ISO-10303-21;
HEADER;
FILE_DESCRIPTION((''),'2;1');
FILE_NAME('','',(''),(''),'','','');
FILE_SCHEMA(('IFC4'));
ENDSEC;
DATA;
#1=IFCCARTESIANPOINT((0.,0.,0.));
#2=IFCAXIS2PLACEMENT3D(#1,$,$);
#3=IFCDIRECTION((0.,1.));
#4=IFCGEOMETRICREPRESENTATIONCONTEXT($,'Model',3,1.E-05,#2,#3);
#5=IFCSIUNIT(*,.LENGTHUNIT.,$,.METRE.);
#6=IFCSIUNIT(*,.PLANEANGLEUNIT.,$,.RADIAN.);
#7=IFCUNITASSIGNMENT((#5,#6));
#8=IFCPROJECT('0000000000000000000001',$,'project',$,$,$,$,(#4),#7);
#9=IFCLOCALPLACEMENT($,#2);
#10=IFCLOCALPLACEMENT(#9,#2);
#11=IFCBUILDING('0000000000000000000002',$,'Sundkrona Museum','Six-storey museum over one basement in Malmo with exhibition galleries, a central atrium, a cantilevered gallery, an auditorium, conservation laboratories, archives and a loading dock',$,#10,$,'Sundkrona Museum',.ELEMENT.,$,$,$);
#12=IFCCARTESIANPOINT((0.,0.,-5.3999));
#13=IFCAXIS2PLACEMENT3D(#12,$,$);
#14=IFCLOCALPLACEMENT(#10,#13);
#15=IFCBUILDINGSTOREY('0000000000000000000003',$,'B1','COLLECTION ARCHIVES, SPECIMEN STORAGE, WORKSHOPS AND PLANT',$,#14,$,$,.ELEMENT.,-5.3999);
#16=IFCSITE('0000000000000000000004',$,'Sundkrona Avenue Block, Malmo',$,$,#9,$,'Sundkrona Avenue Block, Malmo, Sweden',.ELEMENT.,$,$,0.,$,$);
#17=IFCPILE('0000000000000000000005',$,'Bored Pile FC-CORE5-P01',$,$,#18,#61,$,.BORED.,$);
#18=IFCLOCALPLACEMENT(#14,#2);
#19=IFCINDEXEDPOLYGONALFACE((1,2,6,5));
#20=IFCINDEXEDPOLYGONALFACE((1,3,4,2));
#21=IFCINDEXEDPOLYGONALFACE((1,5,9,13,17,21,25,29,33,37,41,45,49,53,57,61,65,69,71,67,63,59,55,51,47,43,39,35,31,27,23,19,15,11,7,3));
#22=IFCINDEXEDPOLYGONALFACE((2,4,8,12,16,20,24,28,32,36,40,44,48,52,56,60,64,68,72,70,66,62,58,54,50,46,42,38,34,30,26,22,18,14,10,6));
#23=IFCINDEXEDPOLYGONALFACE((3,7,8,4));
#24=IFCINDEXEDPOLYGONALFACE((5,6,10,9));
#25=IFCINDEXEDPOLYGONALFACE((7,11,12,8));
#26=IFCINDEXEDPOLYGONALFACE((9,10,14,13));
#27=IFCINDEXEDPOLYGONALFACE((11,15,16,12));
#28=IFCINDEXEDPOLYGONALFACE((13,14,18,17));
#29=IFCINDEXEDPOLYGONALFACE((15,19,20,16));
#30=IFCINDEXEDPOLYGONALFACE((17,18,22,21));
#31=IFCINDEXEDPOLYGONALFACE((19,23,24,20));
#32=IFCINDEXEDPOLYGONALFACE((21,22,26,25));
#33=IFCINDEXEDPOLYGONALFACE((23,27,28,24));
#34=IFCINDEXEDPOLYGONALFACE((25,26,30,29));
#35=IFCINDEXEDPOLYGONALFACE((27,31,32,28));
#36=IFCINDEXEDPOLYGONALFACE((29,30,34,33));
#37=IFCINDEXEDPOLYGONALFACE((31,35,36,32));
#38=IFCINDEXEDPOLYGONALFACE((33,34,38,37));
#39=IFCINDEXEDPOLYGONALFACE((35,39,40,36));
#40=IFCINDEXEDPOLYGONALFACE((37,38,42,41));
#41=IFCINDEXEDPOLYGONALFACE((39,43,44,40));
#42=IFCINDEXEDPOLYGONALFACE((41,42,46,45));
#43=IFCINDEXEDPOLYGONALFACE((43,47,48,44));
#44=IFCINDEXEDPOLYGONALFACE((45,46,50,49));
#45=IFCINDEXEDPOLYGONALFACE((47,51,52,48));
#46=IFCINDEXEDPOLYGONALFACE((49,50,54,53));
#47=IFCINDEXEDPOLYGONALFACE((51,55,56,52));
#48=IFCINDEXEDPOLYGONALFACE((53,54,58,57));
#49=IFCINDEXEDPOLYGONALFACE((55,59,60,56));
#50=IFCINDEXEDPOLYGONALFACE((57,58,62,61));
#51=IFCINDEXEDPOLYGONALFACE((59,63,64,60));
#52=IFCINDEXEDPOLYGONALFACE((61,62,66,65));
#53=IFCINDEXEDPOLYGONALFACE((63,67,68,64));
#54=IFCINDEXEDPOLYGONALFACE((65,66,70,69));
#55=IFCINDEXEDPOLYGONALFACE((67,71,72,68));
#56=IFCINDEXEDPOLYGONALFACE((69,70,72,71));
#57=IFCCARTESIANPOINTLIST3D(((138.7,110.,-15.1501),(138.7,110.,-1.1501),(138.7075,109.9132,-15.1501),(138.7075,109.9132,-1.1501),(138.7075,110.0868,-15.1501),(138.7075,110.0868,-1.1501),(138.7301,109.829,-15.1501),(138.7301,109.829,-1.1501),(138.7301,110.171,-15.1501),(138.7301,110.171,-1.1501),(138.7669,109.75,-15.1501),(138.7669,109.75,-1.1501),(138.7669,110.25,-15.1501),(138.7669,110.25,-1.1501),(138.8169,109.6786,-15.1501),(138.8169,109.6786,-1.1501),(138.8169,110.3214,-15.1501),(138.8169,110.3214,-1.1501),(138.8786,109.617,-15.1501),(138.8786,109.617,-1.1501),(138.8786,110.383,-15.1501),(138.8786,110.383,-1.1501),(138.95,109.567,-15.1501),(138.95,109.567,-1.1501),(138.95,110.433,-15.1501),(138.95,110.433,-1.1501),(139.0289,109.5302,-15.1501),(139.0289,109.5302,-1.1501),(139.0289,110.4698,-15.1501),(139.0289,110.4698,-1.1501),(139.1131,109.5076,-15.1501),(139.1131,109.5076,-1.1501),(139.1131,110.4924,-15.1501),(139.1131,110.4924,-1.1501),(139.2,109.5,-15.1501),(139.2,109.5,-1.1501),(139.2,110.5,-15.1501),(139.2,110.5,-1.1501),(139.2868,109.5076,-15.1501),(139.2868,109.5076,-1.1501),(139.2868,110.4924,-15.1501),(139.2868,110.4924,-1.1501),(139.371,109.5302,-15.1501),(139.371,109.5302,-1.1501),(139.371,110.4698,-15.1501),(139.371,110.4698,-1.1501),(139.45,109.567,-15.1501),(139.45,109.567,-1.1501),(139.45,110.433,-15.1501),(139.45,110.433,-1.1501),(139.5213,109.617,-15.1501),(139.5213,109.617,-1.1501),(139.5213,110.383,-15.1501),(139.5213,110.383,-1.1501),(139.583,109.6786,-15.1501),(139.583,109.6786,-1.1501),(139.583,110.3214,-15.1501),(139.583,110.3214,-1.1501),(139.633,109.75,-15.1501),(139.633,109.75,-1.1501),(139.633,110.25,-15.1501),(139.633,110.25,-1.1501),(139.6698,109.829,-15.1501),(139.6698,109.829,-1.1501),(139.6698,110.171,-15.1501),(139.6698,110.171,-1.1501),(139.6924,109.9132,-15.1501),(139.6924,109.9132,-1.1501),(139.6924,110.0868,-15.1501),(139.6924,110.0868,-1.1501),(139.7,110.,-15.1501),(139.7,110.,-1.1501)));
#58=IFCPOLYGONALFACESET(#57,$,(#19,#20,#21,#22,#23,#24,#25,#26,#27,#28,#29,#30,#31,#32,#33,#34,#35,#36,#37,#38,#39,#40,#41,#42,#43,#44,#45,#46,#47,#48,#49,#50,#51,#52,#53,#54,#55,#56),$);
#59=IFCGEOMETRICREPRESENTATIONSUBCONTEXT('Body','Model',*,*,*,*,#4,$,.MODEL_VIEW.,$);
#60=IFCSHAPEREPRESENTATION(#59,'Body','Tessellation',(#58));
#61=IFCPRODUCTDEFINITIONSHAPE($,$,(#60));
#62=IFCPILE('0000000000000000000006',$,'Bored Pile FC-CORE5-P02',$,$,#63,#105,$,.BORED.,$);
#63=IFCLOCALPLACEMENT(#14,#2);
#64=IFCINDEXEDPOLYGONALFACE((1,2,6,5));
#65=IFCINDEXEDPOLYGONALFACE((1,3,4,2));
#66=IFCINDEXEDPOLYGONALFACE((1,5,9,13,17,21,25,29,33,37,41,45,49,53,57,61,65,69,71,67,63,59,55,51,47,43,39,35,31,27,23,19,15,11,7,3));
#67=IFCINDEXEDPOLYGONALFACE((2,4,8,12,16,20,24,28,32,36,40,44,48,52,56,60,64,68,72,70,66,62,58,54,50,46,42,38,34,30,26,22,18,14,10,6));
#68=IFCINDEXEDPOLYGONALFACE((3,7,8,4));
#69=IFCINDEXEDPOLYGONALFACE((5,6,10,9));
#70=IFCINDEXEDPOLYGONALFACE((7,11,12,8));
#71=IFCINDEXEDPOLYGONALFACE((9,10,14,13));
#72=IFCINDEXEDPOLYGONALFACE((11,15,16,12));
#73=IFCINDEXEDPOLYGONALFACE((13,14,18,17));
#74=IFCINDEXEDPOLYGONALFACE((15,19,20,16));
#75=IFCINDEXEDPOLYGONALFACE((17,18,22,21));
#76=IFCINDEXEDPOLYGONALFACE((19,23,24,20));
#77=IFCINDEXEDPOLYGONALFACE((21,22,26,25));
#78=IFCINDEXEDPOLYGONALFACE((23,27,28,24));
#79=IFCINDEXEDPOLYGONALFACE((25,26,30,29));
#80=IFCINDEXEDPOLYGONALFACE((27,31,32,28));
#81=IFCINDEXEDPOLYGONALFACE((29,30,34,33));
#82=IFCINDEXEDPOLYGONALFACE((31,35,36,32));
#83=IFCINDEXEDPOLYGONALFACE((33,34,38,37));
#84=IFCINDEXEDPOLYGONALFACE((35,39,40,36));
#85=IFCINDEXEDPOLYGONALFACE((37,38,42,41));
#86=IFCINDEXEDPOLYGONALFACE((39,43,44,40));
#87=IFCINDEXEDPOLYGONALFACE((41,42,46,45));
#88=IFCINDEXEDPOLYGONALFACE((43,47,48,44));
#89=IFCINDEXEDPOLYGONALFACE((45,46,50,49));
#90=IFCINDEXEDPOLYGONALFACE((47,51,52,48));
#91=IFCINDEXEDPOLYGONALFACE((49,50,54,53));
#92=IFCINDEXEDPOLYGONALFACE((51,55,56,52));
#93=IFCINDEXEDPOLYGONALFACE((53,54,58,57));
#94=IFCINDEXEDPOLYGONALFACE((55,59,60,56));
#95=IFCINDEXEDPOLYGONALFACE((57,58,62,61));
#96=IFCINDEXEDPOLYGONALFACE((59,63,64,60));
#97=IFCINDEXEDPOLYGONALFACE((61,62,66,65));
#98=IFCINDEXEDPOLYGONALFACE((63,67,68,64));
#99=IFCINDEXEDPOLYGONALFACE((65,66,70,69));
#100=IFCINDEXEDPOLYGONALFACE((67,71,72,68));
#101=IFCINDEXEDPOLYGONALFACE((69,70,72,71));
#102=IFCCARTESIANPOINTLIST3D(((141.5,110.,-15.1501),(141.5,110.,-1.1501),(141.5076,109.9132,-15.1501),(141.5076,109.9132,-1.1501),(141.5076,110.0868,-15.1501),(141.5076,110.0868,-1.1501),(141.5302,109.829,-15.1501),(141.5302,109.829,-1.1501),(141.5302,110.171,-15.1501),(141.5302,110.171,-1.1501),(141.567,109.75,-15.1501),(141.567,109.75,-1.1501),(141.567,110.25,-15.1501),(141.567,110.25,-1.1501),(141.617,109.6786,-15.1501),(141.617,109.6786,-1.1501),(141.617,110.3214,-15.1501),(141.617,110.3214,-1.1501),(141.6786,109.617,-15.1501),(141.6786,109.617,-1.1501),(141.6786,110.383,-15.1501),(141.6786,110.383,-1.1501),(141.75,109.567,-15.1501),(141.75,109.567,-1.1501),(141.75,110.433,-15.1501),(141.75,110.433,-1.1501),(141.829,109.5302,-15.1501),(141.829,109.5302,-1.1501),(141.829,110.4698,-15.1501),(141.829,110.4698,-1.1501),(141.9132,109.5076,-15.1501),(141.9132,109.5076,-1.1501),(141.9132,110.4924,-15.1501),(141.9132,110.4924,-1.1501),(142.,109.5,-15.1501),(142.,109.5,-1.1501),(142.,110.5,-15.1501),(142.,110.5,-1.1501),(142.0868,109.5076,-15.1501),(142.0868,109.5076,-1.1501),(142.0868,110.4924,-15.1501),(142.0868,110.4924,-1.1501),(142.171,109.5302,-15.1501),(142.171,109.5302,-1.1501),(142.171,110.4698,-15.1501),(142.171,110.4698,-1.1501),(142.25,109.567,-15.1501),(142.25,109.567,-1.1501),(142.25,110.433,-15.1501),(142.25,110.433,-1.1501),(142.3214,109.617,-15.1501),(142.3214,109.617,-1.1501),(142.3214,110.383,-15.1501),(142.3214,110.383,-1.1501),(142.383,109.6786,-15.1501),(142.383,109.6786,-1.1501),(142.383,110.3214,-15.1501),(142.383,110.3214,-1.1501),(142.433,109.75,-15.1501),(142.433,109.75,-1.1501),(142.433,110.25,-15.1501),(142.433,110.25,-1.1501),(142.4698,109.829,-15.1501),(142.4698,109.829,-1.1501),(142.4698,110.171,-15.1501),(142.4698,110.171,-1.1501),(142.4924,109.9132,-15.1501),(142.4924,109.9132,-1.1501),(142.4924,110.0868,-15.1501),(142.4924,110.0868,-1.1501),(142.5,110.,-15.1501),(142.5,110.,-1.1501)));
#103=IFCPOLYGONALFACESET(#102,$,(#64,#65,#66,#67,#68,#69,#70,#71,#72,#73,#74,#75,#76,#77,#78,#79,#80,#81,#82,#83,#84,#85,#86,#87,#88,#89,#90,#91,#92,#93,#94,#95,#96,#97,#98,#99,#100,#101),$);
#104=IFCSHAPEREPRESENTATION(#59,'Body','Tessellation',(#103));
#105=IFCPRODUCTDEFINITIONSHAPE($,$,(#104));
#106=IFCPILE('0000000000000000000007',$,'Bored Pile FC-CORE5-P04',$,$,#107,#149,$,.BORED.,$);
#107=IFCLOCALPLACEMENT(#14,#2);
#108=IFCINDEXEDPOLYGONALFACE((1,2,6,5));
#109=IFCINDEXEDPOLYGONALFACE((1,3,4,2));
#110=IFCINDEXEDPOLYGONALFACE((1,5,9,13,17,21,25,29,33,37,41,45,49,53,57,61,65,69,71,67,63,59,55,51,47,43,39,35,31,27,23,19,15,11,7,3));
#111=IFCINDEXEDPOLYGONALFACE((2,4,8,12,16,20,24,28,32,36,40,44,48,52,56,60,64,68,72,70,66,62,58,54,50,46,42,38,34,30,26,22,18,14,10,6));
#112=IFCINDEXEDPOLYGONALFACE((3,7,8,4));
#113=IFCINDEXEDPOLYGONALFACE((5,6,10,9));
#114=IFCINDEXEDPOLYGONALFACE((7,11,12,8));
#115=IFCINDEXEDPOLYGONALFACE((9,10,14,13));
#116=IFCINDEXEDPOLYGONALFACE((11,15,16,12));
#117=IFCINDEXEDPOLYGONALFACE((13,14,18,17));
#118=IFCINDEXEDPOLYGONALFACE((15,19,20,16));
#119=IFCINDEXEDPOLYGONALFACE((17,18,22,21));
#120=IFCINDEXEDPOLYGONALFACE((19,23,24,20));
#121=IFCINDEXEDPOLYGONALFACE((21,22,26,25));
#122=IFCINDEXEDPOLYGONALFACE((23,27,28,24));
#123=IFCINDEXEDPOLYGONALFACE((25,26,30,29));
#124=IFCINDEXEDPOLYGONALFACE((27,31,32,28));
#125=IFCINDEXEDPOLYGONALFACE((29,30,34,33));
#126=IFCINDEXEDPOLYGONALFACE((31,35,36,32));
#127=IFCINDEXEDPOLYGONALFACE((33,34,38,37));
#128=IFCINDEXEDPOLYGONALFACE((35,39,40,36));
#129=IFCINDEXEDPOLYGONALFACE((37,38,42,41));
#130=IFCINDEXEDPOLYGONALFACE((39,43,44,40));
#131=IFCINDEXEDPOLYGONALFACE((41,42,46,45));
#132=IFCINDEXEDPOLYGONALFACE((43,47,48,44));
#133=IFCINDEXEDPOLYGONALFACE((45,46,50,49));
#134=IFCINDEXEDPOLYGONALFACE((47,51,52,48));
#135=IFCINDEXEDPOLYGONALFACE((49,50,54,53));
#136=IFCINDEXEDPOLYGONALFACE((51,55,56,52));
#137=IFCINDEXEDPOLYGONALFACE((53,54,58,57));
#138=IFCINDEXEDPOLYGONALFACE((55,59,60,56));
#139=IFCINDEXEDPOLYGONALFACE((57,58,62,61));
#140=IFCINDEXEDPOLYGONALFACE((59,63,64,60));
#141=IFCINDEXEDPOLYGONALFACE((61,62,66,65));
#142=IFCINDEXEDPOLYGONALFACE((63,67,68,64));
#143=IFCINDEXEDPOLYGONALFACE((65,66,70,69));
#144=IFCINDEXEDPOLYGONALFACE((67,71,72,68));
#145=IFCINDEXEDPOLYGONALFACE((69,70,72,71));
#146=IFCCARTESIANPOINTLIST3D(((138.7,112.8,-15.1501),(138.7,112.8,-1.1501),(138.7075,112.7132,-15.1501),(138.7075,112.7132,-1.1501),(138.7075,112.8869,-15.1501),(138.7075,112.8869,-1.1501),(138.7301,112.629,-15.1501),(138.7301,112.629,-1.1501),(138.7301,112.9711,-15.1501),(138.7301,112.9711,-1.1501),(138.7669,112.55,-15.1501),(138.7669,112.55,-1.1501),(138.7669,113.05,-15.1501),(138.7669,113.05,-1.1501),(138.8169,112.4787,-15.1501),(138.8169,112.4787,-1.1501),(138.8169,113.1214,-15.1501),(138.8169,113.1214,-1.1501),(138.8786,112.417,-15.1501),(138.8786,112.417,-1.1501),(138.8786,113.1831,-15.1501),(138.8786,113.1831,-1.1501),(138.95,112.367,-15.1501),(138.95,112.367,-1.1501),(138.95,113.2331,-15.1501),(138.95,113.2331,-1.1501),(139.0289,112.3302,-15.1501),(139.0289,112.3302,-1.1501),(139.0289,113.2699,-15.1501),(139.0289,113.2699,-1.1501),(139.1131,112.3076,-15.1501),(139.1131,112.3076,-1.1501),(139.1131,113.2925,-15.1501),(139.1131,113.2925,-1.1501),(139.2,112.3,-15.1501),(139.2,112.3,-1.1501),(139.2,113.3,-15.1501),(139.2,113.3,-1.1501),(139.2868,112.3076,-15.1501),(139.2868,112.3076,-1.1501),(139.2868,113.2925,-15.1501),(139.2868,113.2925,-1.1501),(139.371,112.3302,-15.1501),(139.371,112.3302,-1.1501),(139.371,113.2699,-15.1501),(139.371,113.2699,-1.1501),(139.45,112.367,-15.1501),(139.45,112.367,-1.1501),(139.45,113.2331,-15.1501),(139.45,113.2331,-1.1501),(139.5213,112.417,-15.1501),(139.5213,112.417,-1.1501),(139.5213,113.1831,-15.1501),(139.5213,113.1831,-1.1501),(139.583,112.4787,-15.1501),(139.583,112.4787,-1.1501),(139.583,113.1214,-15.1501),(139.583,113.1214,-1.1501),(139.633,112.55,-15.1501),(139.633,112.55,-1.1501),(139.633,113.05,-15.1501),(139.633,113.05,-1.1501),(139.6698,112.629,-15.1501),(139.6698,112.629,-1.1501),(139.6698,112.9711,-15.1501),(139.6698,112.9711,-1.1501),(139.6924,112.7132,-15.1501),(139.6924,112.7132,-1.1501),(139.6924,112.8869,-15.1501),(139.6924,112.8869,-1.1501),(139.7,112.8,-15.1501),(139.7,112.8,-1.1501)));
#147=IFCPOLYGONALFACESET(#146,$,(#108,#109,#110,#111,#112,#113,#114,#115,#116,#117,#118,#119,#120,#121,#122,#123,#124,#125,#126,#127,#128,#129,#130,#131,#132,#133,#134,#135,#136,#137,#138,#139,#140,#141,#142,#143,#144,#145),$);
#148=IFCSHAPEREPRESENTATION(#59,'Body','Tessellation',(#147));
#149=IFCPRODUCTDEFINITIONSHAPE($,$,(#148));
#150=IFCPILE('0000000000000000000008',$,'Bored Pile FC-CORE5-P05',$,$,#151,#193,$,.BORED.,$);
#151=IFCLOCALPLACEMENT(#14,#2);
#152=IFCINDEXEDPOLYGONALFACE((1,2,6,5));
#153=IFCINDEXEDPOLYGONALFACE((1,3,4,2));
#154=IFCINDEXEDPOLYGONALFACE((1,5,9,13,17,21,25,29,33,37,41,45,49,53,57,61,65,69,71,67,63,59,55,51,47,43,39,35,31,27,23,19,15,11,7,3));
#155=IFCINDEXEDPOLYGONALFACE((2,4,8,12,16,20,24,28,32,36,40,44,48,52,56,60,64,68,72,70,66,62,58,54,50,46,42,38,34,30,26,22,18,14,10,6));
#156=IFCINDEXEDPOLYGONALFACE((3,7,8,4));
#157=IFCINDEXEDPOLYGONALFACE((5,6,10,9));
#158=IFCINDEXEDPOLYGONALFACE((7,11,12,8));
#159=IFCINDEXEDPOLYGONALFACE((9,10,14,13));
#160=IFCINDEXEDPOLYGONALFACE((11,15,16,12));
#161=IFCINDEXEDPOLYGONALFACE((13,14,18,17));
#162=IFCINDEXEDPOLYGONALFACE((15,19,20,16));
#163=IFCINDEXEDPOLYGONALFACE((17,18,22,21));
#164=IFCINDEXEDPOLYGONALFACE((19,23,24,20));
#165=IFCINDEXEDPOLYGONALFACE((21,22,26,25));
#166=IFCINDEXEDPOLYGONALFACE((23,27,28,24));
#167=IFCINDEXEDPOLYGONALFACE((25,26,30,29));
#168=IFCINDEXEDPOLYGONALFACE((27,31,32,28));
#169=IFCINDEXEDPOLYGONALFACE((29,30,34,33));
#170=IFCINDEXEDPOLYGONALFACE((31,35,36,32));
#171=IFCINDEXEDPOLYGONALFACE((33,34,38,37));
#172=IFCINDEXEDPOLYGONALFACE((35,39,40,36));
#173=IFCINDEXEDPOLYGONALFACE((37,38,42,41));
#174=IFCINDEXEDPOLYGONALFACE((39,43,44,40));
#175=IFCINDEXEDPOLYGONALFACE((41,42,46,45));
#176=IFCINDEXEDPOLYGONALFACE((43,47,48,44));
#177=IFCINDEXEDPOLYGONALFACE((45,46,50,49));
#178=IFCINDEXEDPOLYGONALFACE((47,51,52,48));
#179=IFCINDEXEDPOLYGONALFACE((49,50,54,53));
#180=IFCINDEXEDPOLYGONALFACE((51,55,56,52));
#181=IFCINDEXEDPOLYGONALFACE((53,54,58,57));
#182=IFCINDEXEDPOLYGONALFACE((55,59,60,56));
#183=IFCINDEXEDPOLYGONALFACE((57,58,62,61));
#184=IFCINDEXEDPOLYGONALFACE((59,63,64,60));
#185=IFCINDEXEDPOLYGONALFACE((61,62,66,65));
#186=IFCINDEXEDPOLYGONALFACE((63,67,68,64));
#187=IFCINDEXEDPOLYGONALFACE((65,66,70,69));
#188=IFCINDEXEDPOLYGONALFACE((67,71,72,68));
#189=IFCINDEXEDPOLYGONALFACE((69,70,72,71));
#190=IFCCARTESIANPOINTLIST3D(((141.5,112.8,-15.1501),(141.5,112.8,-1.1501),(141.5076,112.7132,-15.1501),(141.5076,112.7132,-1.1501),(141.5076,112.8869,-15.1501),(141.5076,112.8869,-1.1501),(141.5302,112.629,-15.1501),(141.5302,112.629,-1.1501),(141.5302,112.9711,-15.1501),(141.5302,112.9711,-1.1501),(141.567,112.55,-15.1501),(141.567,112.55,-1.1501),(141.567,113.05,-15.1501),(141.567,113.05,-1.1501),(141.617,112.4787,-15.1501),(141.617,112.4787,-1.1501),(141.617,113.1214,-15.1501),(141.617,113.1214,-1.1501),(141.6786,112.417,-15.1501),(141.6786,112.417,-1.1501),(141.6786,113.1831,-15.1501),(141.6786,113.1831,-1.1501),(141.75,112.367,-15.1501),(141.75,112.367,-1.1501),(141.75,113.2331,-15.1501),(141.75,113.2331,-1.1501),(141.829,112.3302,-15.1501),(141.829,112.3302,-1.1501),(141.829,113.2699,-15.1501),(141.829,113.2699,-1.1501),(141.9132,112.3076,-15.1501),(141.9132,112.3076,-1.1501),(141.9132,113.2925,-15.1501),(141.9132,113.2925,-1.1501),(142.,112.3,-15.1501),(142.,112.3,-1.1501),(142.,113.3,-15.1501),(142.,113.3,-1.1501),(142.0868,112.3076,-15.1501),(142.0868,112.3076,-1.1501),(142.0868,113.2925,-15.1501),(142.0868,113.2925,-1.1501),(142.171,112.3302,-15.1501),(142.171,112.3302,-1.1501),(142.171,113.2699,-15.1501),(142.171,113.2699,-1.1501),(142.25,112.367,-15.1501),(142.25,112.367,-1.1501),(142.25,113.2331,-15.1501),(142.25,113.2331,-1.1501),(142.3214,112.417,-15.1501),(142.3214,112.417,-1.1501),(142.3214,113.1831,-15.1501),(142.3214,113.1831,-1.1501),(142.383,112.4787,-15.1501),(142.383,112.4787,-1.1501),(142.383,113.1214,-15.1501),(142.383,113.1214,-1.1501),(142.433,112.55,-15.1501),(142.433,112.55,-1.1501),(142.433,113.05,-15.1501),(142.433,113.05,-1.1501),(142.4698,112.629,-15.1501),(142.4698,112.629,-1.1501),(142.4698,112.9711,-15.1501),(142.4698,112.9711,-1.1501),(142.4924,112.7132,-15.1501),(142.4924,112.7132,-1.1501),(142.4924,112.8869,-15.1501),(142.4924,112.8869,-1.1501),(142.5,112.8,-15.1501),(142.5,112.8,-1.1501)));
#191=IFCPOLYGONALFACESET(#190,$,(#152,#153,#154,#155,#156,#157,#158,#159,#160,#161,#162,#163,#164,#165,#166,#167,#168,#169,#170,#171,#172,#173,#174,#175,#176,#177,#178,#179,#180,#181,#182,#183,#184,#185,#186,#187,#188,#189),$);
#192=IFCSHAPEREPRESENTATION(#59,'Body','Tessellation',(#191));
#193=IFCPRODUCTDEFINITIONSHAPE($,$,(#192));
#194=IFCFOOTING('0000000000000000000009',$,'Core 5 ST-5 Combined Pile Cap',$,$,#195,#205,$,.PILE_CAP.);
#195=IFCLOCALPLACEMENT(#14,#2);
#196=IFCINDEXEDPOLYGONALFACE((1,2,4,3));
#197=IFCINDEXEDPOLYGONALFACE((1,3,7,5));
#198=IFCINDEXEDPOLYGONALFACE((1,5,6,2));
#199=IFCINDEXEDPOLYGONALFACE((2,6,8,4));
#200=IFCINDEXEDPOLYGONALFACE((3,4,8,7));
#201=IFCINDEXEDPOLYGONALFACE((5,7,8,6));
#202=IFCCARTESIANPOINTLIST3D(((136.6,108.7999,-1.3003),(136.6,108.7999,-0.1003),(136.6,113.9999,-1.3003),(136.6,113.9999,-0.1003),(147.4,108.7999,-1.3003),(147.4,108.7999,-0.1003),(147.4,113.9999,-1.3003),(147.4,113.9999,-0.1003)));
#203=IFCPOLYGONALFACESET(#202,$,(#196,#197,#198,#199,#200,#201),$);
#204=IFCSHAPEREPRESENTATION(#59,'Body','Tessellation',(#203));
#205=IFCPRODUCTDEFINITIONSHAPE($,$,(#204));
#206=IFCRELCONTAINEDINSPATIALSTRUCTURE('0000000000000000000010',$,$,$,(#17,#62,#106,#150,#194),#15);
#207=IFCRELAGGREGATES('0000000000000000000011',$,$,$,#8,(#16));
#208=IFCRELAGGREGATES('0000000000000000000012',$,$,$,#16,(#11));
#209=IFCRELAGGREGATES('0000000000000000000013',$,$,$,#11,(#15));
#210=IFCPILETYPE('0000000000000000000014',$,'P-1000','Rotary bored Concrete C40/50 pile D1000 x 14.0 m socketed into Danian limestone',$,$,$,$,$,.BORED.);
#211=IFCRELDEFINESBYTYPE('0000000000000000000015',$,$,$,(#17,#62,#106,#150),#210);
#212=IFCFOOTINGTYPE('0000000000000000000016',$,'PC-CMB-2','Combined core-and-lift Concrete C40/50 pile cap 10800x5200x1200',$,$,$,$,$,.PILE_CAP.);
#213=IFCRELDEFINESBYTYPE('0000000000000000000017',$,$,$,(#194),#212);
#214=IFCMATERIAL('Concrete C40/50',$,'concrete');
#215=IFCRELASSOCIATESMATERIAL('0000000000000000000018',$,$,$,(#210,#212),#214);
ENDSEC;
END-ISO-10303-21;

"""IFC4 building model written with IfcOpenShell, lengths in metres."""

from ifc_helpers import new_model, si_unit, direction, frame, origin, origin_2d, place, context, subcontext, project, spatial, rectangle, circle, extrude, material, material_profile, profile_set, type_object, element, save


model = new_model("IFC4")

# Units and contexts
model_context = context("Model", 3, precision=1e-05, world=origin(), true_north=direction((0.0, 1.0)))
body_context = subcontext(model_context, "Body", "Model", "MODEL_VIEW")
ifc_project = project(units=[si_unit("LENGTHUNIT", "METRE"), si_unit("PLANEANGLEUNIT", "RADIAN")], contexts=[model_context])

# Site, building, storey
site_placement = place(None, origin())
site = spatial("IfcSite", under=ifc_project, at=site_placement, Name="Sundkrona Avenue Block, Malmo", LongName="Sundkrona Avenue Block, Malmo, Sweden", CompositionType="ELEMENT", RefElevation=0.0)
building_placement = place(site_placement, origin())
building = spatial("IfcBuilding", under=site, at=building_placement, Name="Sundkrona Museum", Description="Six-storey museum over one basement in Malmo with exhibition galleries, a central atrium, a cantilevered gallery, an auditorium, conservation laboratories, archives and a loading dock", LongName="Sundkrona Museum", CompositionType="ELEMENT")
storey_placement = place(building_placement, frame((0.0, 0.0, -5.3999)))
storey = spatial("IfcBuildingStorey", under=building, at=storey_placement, Name="B1", Description="COLLECTION ARCHIVES, SPECIMEN STORAGE, WORKSHOPS AND PLANT", CompositionType="ELEMENT", Elevation=-5.3999)

# Piles
ifc_material_1 = material(Name="Concrete C40/50", Category="concrete")
ifc_material_profile_1 = material_profile(ifc_material_1, circle(Radius=0.5, at=origin_2d()), Name="PILE D1000")
ifc_profile_set_1 = profile_set([ifc_material_profile_1], Name="Concrete C40/50")
pile_type = type_object("IfcPileType", Name="P-1000", Description="Rotary bored Concrete C40/50 pile D1000 x 14.0 m socketed into Danian limestone", PredefinedType="BORED", material=ifc_profile_set_1)
for number, where, z_axis, x_axis, name in (
    (1, (139.2, 110.0, -1.1501), (0.0, 0.0, -1.0), (1.0, 0.0, 0.0), "Bored Pile FC-CORE5-P01"),
    (2, (142.0, 110.0, -1.1501), (0.0, 0.0, -1.0), (1.0, 0.0, 0.0), "Bored Pile FC-CORE5-P02"),
    (3, (139.2, 112.8, -1.1501), (0.0, 0.0, -1.0), (1.0, 0.0, 0.0), "Bored Pile FC-CORE5-P04"),
    (4, (142.0, 112.8, -1.1501), (0.0, 0.0, -1.0), (1.0, 0.0, 0.0), "Bored Pile FC-CORE5-P05"),
):
    element("IfcPile", number, at=place(storey_placement, frame(where, z_axis=z_axis, x_axis=x_axis)), inside=storey, type_object=pile_type, Name=name, PredefinedType="BORED", context=body_context, shape_type="SweptSolid", body=[
        extrude(circle(Radius=0.5, at=origin_2d()), origin(), (0.0, 0.0, 1.0), 14.0),
    ])

# Footing
footing_type = type_object("IfcFootingType", Name="PC-CMB-2", Description="Combined core-and-lift Concrete C40/50 pile cap 10800x5200x1200", PredefinedType="PILE_CAP", material=ifc_material_1)
footing_placement = place(storey_placement, frame((142.0, 111.3999, -1.3003), z_axis=(0.0, 0.0, 1.0), x_axis=(1.0, 0.0, 0.0)))
element("IfcFooting", 5, at=footing_placement, inside=storey, type_object=footing_type, Name="Core 5 ST-5 Combined Pile Cap", PredefinedType="PILE_CAP", context=body_context, shape_type="SweptSolid", body=[
    extrude(rectangle(XDim=10.8, YDim=5.2, at=origin_2d()), origin(), (0.0, 0.0, 1.0), 1.2),
])

save(model, "model.ifc")
